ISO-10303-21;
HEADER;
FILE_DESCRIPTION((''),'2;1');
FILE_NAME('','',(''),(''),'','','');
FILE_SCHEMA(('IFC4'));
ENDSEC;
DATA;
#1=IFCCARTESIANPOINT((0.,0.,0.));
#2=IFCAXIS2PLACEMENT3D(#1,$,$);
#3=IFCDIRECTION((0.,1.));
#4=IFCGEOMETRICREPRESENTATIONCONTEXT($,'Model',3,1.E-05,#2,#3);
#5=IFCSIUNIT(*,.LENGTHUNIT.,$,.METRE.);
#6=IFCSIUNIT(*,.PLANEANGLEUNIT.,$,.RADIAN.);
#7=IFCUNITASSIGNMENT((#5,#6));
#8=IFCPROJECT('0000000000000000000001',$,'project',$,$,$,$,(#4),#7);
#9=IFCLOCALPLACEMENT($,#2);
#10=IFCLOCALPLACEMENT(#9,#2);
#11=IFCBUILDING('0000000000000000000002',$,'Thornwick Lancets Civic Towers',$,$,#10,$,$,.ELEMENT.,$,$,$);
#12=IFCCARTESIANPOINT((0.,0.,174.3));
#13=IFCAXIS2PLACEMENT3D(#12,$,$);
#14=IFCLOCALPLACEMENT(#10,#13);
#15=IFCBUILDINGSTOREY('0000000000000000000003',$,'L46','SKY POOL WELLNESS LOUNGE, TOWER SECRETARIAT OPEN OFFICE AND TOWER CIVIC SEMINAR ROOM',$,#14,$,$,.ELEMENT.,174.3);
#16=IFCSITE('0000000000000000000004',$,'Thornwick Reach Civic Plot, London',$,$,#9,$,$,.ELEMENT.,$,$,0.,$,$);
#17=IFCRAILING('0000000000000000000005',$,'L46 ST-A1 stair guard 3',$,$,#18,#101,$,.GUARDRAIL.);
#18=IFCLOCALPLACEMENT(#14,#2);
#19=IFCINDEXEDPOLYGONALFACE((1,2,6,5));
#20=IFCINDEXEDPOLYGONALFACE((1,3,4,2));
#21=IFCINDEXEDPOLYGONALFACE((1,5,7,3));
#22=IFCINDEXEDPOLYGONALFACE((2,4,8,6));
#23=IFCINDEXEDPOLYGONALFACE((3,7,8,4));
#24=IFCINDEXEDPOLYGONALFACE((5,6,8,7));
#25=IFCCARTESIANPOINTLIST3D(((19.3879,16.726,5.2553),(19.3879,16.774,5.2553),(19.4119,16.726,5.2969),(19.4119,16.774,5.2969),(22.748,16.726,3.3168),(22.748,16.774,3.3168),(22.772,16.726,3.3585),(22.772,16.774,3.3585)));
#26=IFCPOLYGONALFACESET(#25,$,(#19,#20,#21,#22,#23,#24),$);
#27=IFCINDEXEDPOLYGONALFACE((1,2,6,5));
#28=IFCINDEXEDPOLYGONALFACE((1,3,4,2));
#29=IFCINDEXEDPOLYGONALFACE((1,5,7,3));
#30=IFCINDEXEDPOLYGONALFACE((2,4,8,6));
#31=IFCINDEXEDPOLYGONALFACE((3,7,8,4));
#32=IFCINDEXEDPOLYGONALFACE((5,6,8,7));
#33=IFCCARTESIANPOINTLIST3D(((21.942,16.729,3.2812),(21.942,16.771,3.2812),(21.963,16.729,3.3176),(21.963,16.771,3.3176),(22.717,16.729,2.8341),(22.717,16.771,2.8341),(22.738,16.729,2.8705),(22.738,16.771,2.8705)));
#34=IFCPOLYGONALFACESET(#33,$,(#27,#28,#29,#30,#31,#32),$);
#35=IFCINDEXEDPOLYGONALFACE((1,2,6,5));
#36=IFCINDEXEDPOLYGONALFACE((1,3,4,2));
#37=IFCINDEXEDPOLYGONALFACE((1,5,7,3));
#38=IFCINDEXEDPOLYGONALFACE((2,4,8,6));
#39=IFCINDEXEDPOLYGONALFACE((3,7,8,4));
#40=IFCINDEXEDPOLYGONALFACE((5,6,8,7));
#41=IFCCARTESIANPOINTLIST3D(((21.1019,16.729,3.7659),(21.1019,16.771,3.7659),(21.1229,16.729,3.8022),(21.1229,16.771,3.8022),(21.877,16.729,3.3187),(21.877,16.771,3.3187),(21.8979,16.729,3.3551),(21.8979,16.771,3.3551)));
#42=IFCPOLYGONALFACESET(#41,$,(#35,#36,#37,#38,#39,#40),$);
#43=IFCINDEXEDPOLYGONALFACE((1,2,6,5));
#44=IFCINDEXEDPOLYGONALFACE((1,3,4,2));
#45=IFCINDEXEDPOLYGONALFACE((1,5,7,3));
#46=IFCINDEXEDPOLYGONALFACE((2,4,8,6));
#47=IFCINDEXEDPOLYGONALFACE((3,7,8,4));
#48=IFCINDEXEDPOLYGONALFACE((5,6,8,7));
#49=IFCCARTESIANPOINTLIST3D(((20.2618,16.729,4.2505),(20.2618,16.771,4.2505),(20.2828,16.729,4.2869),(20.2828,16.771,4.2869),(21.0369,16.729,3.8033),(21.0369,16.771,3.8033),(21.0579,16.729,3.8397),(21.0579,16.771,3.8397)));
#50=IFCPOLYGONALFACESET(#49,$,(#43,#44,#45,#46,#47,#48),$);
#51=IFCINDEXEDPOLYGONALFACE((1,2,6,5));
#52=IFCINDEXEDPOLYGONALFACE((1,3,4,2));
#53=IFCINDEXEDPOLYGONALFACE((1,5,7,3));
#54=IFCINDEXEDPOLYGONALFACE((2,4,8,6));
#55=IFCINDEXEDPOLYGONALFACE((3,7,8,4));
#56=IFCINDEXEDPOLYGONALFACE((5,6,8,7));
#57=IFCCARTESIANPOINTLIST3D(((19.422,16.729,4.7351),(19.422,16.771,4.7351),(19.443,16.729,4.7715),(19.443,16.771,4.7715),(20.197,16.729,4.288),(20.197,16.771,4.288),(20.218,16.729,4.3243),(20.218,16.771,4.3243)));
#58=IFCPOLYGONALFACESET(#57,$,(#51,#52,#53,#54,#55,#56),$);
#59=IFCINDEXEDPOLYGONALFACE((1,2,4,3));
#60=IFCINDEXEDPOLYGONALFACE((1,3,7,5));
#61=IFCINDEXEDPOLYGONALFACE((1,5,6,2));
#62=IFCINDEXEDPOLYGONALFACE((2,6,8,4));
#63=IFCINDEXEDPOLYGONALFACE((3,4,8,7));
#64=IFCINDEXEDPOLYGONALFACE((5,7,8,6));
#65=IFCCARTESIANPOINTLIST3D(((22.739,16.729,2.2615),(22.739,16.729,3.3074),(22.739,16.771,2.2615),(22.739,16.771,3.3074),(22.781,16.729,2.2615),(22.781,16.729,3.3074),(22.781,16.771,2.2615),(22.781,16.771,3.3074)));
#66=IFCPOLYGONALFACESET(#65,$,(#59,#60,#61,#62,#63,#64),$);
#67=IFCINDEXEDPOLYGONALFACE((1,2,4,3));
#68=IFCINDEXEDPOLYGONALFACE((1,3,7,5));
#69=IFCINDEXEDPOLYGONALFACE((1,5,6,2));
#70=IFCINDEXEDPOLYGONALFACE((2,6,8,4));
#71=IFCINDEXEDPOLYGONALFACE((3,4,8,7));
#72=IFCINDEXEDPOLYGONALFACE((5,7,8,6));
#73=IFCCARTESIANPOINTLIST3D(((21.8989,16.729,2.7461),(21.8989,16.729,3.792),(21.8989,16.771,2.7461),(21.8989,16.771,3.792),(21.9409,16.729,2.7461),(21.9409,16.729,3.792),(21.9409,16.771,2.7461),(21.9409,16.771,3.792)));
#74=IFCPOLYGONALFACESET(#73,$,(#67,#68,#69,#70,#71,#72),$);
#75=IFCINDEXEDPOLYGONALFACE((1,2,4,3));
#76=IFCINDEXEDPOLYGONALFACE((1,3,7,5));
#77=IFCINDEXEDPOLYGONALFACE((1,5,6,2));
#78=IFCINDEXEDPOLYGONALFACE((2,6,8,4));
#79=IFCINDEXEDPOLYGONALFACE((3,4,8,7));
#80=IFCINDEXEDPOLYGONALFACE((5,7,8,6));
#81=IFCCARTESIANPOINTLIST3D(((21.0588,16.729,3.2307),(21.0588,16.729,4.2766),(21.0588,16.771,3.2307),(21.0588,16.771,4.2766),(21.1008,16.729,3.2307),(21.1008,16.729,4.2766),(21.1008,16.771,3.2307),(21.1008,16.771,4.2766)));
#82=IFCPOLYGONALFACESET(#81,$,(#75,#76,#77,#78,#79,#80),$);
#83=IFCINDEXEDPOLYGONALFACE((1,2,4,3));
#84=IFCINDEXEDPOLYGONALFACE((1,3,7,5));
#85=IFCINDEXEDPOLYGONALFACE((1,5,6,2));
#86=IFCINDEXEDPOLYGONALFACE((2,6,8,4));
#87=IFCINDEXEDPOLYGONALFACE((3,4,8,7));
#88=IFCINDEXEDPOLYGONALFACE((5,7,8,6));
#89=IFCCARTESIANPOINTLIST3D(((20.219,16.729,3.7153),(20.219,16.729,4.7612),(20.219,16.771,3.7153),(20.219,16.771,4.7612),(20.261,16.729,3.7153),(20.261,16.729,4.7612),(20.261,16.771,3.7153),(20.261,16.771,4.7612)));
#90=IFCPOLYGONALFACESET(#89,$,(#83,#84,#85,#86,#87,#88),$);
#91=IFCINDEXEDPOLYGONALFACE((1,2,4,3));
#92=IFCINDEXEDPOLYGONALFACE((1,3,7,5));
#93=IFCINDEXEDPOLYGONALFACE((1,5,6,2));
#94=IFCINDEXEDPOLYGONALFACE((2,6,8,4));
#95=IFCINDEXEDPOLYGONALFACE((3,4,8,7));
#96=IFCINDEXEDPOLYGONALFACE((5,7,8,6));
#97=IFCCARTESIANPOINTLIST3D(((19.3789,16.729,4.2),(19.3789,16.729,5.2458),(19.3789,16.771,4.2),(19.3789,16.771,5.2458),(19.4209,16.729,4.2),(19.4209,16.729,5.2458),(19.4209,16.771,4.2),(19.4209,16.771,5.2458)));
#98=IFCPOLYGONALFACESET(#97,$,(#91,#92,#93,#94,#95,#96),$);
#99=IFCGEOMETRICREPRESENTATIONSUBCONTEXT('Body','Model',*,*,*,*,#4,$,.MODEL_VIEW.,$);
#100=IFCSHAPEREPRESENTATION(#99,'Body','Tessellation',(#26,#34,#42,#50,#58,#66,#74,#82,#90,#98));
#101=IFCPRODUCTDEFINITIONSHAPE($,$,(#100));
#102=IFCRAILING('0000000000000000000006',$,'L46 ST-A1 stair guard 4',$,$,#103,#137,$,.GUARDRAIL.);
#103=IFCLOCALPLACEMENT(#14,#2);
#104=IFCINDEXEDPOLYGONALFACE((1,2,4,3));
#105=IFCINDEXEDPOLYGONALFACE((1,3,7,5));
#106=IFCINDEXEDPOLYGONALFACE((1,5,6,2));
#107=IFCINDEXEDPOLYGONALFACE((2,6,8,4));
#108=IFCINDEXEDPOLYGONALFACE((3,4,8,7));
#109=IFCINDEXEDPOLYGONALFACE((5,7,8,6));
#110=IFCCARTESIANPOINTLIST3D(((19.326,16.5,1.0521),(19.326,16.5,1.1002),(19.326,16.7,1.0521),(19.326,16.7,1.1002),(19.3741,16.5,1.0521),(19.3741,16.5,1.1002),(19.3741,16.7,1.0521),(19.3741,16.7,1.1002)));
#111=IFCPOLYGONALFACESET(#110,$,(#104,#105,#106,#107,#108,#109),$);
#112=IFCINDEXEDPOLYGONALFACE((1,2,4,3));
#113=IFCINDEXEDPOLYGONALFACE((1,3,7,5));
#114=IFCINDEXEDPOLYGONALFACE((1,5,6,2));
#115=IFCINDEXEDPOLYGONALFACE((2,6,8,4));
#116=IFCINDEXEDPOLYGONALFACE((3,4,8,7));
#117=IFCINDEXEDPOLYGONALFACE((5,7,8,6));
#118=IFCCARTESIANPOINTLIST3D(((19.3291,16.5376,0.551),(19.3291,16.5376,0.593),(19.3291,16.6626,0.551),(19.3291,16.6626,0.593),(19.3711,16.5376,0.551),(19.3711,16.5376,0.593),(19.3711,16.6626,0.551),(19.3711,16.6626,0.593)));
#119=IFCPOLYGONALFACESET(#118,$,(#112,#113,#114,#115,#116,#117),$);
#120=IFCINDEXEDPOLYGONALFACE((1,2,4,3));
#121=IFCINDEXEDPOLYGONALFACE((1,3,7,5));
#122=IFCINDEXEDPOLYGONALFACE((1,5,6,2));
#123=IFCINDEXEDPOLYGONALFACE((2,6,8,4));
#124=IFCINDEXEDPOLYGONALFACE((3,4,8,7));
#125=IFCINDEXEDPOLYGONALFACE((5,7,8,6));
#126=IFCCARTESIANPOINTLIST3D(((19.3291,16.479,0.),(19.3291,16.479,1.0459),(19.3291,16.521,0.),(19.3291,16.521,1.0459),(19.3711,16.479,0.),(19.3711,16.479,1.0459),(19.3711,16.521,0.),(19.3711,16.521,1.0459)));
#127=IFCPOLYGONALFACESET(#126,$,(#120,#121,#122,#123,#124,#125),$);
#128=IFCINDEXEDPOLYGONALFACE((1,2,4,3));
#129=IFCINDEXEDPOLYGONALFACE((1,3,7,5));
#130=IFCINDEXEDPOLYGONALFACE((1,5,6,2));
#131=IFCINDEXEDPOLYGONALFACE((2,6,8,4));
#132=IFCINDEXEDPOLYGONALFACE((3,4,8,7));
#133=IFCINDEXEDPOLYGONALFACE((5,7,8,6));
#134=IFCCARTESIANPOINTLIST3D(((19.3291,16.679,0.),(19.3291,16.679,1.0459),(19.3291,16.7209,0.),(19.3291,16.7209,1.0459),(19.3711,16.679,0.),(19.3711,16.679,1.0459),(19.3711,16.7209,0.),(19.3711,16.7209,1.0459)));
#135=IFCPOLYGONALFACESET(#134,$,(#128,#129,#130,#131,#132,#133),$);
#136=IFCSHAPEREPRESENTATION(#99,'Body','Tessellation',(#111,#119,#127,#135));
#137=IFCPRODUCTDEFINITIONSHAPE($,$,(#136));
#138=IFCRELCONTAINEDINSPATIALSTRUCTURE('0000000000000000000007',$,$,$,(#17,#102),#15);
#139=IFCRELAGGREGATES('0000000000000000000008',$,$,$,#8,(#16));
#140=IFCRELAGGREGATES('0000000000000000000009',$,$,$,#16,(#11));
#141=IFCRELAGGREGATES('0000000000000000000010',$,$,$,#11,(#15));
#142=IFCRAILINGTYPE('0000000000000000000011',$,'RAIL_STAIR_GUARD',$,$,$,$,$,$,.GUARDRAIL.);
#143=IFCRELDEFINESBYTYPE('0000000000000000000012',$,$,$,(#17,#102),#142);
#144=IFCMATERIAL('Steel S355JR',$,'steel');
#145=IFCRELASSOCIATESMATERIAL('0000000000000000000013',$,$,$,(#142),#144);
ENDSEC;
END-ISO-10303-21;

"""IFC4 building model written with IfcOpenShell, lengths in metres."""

from ifc_helpers import new_model, si_unit, direction, frame, origin, origin_2d, place, context, subcontext, project, spatial, rectangle, extrude, material, type_object, element, save


model = new_model("IFC4")

# Units and contexts
model_context = context("Model", 3, precision=1e-05, world=origin(), true_north=direction((0.0, 1.0)))
body_context = subcontext(model_context, "Body", "Model", "MODEL_VIEW")
ifc_project = project(units=[si_unit("LENGTHUNIT", "METRE"), si_unit("PLANEANGLEUNIT", "RADIAN")], contexts=[model_context])

# Site, building, storey
site_placement = place(None, origin())
site = spatial("IfcSite", under=ifc_project, at=site_placement, Name="Thornwick Reach Civic Plot, London", CompositionType="ELEMENT", RefElevation=0.0)
building_placement = place(site_placement, origin())
building = spatial("IfcBuilding", under=site, at=building_placement, Name="Thornwick Lancets Civic Towers", CompositionType="ELEMENT")
storey_placement = place(building_placement, frame((0.0, 0.0, 174.3)))
storey = spatial("IfcBuildingStorey", under=building, at=storey_placement, Name="L46", Description="SKY POOL WELLNESS LOUNGE, TOWER SECRETARIAT OPEN OFFICE AND TOWER CIVIC SEMINAR ROOM", CompositionType="ELEMENT", Elevation=174.3)

# Shared definitions
ifc_material_1 = material(Name="Steel S355JR", Category="steel")

# Railings
railing_type_1 = type_object("IfcRailingType", Name="RAIL_STAIR_GUARD", PredefinedType="GUARDRAIL", material=ifc_material_1)
railing_1_placement = place(storey_placement, frame((22.76, 16.75, 2.2615)))
element("IfcRailing", 1, at=railing_1_placement, inside=storey, type_object=railing_type_1, Name="L46 ST-A1 stair guard 3", PredefinedType="GUARDRAIL", context=body_context, shape_type="SweptSolid", body=[
    extrude(rectangle(XDim=0.0481, YDim=0.0481, at=origin_2d()), frame((0.0, 0.0, 1.0762), z_axis=(-0.866191, 0.0, 0.499713), x_axis=(0.0, -1.0, 0.0)), (0.0, 0.0, 1.0), 3.8792),
    extrude(rectangle(XDim=0.042, YDim=0.042, at=origin_2d()), frame((-0.0325, 0.0, 0.5908), z_axis=(-0.866191, 0.0, 0.499713), x_axis=(0.0, -1.0, 0.0)), (0.0, 0.0, 1.0), 0.8948),
    extrude(rectangle(XDim=0.042, YDim=0.042, at=origin_2d()), frame((-0.8726, 0.0, 1.0754), z_axis=(-0.866191, 0.0, 0.499713), x_axis=(0.0, -1.0, 0.0)), (0.0, 0.0, 1.0), 0.8948),
    extrude(rectangle(XDim=0.042, YDim=0.042, at=origin_2d()), frame((-1.7126, 0.0, 1.5601), z_axis=(-0.866191, 0.0, 0.499713), x_axis=(0.0, -1.0, 0.0)), (0.0, 0.0, 1.0), 0.8948),
    extrude(rectangle(XDim=0.042, YDim=0.042, at=origin_2d()), frame((-2.5525, 0.0, 2.0447), z_axis=(-0.866191, 0.0, 0.499713), x_axis=(0.0, -1.0, 0.0)), (0.0, 0.0, 1.0), 0.8948),
    extrude(rectangle(XDim=0.042, YDim=0.042, at=origin_2d()), origin(), (0.0, 0.0, 1.0), 1.0459),
    extrude(rectangle(XDim=0.042, YDim=0.042, at=origin_2d()), frame((-0.8401, 0.0, 0.4846)), (0.0, 0.0, 1.0), 1.0459),
    extrude(rectangle(XDim=0.042, YDim=0.042, at=origin_2d()), frame((-1.6802, 0.0, 0.9692)), (0.0, 0.0, 1.0), 1.0459),
    extrude(rectangle(XDim=0.042, YDim=0.042, at=origin_2d()), frame((-2.52, 0.0, 1.4539)), (0.0, 0.0, 1.0), 1.0459),
    extrude(rectangle(XDim=0.042, YDim=0.042, at=origin_2d()), frame((-3.3601, 0.0, 1.9385)), (0.0, 0.0, 1.0), 1.0459),
])
railing_2_placement = place(storey_placement, frame((19.3501, 16.5, 0.0)))
element("IfcRailing", 2, at=railing_2_placement, inside=storey, type_object=railing_type_1, Name="L46 ST-A1 stair guard 4", PredefinedType="GUARDRAIL", context=body_context, shape_type="SweptSolid", body=[
    extrude(rectangle(XDim=0.0481, YDim=0.0481, at=origin_2d()), frame((0.0, 0.0, 1.0762), z_axis=(0.0, 1.0, 0.0), x_axis=(-1.0, 0.0, 0.0)), (0.0, 0.0, 1.0), 0.2),
    extrude(rectangle(XDim=0.042, YDim=0.042, at=origin_2d()), frame((0.0, 0.0376, 0.572), z_axis=(0.0, 1.0, 0.0), x_axis=(-1.0, 0.0, 0.0)), (0.0, 0.0, 1.0), 0.125),
    extrude(rectangle(XDim=0.042, YDim=0.042, at=origin_2d()), origin(), (0.0, 0.0, 1.0), 1.0459),
    extrude(rectangle(XDim=0.042, YDim=0.042, at=origin_2d()), frame((0.0, 0.2, 0.0)), (0.0, 0.0, 1.0), 1.0459),
])

save(model, "model.ifc")
